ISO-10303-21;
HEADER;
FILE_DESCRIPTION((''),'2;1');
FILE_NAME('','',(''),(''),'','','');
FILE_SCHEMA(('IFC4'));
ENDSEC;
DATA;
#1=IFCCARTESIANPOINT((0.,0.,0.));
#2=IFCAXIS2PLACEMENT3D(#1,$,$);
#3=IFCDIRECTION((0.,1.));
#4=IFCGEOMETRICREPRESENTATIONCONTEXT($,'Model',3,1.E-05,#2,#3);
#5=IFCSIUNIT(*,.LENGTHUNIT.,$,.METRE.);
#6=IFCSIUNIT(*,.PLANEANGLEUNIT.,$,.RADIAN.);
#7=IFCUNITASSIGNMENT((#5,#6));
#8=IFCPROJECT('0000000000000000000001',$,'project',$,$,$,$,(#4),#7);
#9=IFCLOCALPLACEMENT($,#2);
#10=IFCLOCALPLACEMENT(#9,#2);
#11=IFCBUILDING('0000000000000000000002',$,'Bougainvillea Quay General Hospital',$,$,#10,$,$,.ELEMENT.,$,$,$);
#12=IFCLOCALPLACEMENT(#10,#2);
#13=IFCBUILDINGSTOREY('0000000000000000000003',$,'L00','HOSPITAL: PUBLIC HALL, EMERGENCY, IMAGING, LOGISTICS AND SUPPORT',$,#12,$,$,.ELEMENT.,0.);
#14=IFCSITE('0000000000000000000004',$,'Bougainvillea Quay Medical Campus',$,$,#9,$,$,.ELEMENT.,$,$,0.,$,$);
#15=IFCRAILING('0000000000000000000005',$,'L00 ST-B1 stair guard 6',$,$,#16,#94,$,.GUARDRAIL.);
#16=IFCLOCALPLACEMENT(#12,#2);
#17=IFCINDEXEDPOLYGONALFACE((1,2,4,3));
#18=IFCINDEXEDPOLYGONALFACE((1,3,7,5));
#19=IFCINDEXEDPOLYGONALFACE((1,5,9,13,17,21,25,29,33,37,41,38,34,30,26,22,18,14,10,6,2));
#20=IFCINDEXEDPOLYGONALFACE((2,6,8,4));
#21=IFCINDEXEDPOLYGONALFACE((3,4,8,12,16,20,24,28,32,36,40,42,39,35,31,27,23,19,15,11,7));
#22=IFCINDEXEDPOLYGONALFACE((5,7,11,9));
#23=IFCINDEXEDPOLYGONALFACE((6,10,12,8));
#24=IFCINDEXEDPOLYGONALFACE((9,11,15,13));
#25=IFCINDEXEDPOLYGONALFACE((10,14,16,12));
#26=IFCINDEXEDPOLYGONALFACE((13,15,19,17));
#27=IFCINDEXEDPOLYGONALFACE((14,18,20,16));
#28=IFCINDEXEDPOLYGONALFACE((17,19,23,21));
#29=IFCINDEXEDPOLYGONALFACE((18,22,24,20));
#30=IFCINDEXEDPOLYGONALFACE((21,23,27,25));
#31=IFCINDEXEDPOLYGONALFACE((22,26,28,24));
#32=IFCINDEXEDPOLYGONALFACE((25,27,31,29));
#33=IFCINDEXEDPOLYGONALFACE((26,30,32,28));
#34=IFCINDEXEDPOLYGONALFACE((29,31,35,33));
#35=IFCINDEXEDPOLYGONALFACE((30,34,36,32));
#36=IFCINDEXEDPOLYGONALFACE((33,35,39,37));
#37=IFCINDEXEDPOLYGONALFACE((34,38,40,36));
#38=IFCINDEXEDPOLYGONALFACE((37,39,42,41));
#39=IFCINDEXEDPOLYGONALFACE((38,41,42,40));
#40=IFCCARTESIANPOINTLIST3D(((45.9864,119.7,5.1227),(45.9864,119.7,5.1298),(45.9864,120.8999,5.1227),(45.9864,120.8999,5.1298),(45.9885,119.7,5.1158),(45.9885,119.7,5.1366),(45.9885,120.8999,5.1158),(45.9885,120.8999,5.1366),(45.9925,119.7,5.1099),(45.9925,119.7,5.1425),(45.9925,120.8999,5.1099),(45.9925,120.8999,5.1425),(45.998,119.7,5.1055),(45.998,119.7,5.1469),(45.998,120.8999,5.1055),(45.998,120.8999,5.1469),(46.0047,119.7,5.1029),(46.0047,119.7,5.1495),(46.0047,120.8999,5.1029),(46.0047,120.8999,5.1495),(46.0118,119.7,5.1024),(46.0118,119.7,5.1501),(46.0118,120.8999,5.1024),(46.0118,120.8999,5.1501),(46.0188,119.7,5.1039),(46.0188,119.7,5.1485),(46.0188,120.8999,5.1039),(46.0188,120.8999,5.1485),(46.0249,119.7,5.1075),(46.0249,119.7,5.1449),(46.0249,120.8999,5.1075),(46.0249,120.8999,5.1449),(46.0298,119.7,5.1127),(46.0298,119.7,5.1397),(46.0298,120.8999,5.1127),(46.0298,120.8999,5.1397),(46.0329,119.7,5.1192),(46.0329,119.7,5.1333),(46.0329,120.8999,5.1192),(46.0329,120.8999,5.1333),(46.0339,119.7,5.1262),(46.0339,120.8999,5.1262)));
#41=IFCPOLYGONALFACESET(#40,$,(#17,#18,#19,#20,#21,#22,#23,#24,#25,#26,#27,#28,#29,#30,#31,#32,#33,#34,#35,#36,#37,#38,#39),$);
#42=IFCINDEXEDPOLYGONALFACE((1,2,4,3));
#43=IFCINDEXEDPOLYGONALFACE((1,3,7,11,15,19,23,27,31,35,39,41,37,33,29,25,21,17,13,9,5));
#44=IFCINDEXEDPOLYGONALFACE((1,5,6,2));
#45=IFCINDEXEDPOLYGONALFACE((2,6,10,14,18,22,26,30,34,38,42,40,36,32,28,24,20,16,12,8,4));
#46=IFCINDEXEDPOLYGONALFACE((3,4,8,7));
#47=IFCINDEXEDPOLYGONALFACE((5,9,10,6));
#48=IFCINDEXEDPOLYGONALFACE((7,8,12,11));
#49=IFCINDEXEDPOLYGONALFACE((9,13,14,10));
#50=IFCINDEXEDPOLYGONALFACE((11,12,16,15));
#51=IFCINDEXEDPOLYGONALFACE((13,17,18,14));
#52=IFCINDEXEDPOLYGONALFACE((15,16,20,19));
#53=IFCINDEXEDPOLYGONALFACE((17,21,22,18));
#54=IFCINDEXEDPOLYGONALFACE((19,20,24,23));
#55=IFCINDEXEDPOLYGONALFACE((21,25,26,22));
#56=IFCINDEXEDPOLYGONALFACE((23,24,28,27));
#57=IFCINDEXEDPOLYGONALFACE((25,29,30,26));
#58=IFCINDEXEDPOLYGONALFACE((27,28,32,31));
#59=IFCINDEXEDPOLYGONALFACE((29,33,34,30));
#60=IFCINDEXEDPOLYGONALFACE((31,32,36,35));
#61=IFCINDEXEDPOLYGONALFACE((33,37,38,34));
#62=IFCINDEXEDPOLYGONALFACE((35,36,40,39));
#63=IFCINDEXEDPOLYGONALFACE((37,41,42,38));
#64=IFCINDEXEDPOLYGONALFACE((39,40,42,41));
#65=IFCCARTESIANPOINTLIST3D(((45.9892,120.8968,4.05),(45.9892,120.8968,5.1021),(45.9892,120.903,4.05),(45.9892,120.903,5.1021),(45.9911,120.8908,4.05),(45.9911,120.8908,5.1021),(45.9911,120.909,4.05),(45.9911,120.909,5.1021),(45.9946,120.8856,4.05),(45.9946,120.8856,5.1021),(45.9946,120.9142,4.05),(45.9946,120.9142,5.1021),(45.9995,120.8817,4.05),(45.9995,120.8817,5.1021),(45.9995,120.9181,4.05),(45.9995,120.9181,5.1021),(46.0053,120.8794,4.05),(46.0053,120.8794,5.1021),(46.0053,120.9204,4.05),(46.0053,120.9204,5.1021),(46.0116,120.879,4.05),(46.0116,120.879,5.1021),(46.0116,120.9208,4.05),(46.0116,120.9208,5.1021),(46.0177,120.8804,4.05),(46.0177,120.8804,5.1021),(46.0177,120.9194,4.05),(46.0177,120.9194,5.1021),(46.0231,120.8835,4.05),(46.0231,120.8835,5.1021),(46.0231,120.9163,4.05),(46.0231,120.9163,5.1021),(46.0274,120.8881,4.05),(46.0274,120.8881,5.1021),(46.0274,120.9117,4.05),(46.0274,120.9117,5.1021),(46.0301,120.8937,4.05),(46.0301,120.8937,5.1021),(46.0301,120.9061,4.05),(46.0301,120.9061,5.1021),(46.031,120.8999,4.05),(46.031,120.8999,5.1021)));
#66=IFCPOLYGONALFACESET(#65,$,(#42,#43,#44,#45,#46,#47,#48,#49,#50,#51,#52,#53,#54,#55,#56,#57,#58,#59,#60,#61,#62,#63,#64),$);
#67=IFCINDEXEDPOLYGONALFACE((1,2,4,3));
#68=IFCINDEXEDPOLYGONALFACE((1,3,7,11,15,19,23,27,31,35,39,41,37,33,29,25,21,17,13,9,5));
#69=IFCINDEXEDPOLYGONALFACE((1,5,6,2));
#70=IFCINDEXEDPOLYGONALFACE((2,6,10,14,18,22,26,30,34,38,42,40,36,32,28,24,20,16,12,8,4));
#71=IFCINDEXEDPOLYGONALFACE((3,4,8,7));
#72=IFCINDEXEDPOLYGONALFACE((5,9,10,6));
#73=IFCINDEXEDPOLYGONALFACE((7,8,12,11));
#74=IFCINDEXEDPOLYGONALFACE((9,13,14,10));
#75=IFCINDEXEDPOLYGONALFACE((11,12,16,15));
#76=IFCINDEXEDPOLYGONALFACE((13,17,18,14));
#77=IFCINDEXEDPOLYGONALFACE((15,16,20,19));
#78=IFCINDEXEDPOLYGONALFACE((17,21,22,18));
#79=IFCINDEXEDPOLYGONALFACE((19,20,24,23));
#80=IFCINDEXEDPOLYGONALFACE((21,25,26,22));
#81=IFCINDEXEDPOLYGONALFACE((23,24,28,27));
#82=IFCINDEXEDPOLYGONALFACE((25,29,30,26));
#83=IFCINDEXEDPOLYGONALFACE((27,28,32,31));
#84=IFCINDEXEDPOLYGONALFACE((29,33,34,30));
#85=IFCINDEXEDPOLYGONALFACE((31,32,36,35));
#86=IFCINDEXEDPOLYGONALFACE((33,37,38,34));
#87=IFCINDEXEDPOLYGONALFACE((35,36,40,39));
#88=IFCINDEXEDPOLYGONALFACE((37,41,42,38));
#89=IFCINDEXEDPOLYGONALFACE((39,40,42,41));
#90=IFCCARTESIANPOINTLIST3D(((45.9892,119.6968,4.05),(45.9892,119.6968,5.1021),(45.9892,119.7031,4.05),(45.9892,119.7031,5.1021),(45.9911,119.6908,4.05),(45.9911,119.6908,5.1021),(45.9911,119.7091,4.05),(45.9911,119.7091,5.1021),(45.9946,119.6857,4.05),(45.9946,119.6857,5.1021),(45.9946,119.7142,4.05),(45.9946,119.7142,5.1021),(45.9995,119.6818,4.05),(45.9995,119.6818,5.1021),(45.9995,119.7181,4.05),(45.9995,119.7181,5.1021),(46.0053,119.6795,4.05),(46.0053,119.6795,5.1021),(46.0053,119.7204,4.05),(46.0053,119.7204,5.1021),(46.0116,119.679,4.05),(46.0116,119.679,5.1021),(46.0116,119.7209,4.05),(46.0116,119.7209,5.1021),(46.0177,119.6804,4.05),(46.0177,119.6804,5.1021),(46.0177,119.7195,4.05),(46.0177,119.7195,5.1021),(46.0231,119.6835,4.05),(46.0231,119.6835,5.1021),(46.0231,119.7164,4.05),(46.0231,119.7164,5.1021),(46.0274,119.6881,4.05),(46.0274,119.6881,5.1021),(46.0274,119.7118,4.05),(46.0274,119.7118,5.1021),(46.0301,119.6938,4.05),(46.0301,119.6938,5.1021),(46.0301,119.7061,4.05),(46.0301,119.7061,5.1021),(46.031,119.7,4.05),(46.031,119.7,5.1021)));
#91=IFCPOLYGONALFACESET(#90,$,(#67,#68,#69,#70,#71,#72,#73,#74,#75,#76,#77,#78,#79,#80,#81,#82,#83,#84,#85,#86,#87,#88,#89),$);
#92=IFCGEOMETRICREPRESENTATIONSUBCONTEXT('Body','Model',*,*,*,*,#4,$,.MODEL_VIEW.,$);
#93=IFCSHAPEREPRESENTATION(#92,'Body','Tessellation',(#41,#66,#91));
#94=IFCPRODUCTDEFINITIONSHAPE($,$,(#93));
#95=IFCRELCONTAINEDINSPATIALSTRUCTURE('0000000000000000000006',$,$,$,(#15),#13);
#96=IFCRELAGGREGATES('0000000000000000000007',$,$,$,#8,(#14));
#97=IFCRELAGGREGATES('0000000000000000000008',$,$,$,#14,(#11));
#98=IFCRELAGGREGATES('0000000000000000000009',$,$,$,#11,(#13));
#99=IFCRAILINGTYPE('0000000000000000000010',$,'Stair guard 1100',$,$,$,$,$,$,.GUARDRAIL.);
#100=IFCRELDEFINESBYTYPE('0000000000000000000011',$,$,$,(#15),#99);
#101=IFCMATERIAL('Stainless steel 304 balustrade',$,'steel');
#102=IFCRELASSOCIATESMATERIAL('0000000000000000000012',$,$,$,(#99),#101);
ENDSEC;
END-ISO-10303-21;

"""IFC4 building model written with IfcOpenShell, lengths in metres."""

from ifc_helpers import new_model, si_unit, direction, frame, origin, origin_2d, place, context, subcontext, project, spatial, circle, extrude, material, type_object, element, save


model = new_model("IFC4")

# Units and contexts
model_context = context("Model", 3, precision=1e-05, world=origin(), true_north=direction((0.0, 1.0)))
body_context = subcontext(model_context, "Body", "Model", "MODEL_VIEW")
ifc_project = project(units=[si_unit("LENGTHUNIT", "METRE"), si_unit("PLANEANGLEUNIT", "RADIAN")], contexts=[model_context])

# Site, building, storey
site_placement = place(None, origin())
site = spatial("IfcSite", under=ifc_project, at=site_placement, Name="Bougainvillea Quay Medical Campus", CompositionType="ELEMENT", RefElevation=0.0)
building_placement = place(site_placement, origin())
building = spatial("IfcBuilding", under=site, at=building_placement, Name="Bougainvillea Quay General Hospital", CompositionType="ELEMENT")
storey_placement = place(building_placement, origin())
storey = spatial("IfcBuildingStorey", under=building, at=storey_placement, Name="L00", Description="HOSPITAL: PUBLIC HALL, EMERGENCY, IMAGING, LOGISTICS AND SUPPORT", CompositionType="ELEMENT", Elevation=0.0)

# Railing
ifc_material_1 = material(Name="Stainless steel 304 balustrade", Category="steel")
railing_type_1 = type_object("IfcRailingType", Name="Stair guard 1100", PredefinedType="GUARDRAIL", material=ifc_material_1)
railing_1_placement = place(storey_placement, frame((46.01, 120.8999, 4.05)))
element("IfcRailing", 1, at=railing_1_placement, inside=storey, type_object=railing_type_1, Name="L00 ST-B1 stair guard 6", PredefinedType="GUARDRAIL", context=body_context, shape_type="SweptSolid", body=[
    extrude(circle(Radius=0.0239, at=origin_2d()), frame((0.0, 0.0, 1.0762), z_axis=(0.0, -1.0, 0.0), x_axis=(1.0, 0.0, 0.0)), (0.0, 0.0, 1.0), 1.2),
    extrude(circle(Radius=0.021, at=origin_2d()), origin(), (0.0, 0.0, 1.0), 1.052),
    extrude(circle(Radius=0.021, at=origin_2d()), frame((0.0, -1.2, 0.0)), (0.0, 0.0, 1.0), 1.052),
])

save(model, "model.ifc")
